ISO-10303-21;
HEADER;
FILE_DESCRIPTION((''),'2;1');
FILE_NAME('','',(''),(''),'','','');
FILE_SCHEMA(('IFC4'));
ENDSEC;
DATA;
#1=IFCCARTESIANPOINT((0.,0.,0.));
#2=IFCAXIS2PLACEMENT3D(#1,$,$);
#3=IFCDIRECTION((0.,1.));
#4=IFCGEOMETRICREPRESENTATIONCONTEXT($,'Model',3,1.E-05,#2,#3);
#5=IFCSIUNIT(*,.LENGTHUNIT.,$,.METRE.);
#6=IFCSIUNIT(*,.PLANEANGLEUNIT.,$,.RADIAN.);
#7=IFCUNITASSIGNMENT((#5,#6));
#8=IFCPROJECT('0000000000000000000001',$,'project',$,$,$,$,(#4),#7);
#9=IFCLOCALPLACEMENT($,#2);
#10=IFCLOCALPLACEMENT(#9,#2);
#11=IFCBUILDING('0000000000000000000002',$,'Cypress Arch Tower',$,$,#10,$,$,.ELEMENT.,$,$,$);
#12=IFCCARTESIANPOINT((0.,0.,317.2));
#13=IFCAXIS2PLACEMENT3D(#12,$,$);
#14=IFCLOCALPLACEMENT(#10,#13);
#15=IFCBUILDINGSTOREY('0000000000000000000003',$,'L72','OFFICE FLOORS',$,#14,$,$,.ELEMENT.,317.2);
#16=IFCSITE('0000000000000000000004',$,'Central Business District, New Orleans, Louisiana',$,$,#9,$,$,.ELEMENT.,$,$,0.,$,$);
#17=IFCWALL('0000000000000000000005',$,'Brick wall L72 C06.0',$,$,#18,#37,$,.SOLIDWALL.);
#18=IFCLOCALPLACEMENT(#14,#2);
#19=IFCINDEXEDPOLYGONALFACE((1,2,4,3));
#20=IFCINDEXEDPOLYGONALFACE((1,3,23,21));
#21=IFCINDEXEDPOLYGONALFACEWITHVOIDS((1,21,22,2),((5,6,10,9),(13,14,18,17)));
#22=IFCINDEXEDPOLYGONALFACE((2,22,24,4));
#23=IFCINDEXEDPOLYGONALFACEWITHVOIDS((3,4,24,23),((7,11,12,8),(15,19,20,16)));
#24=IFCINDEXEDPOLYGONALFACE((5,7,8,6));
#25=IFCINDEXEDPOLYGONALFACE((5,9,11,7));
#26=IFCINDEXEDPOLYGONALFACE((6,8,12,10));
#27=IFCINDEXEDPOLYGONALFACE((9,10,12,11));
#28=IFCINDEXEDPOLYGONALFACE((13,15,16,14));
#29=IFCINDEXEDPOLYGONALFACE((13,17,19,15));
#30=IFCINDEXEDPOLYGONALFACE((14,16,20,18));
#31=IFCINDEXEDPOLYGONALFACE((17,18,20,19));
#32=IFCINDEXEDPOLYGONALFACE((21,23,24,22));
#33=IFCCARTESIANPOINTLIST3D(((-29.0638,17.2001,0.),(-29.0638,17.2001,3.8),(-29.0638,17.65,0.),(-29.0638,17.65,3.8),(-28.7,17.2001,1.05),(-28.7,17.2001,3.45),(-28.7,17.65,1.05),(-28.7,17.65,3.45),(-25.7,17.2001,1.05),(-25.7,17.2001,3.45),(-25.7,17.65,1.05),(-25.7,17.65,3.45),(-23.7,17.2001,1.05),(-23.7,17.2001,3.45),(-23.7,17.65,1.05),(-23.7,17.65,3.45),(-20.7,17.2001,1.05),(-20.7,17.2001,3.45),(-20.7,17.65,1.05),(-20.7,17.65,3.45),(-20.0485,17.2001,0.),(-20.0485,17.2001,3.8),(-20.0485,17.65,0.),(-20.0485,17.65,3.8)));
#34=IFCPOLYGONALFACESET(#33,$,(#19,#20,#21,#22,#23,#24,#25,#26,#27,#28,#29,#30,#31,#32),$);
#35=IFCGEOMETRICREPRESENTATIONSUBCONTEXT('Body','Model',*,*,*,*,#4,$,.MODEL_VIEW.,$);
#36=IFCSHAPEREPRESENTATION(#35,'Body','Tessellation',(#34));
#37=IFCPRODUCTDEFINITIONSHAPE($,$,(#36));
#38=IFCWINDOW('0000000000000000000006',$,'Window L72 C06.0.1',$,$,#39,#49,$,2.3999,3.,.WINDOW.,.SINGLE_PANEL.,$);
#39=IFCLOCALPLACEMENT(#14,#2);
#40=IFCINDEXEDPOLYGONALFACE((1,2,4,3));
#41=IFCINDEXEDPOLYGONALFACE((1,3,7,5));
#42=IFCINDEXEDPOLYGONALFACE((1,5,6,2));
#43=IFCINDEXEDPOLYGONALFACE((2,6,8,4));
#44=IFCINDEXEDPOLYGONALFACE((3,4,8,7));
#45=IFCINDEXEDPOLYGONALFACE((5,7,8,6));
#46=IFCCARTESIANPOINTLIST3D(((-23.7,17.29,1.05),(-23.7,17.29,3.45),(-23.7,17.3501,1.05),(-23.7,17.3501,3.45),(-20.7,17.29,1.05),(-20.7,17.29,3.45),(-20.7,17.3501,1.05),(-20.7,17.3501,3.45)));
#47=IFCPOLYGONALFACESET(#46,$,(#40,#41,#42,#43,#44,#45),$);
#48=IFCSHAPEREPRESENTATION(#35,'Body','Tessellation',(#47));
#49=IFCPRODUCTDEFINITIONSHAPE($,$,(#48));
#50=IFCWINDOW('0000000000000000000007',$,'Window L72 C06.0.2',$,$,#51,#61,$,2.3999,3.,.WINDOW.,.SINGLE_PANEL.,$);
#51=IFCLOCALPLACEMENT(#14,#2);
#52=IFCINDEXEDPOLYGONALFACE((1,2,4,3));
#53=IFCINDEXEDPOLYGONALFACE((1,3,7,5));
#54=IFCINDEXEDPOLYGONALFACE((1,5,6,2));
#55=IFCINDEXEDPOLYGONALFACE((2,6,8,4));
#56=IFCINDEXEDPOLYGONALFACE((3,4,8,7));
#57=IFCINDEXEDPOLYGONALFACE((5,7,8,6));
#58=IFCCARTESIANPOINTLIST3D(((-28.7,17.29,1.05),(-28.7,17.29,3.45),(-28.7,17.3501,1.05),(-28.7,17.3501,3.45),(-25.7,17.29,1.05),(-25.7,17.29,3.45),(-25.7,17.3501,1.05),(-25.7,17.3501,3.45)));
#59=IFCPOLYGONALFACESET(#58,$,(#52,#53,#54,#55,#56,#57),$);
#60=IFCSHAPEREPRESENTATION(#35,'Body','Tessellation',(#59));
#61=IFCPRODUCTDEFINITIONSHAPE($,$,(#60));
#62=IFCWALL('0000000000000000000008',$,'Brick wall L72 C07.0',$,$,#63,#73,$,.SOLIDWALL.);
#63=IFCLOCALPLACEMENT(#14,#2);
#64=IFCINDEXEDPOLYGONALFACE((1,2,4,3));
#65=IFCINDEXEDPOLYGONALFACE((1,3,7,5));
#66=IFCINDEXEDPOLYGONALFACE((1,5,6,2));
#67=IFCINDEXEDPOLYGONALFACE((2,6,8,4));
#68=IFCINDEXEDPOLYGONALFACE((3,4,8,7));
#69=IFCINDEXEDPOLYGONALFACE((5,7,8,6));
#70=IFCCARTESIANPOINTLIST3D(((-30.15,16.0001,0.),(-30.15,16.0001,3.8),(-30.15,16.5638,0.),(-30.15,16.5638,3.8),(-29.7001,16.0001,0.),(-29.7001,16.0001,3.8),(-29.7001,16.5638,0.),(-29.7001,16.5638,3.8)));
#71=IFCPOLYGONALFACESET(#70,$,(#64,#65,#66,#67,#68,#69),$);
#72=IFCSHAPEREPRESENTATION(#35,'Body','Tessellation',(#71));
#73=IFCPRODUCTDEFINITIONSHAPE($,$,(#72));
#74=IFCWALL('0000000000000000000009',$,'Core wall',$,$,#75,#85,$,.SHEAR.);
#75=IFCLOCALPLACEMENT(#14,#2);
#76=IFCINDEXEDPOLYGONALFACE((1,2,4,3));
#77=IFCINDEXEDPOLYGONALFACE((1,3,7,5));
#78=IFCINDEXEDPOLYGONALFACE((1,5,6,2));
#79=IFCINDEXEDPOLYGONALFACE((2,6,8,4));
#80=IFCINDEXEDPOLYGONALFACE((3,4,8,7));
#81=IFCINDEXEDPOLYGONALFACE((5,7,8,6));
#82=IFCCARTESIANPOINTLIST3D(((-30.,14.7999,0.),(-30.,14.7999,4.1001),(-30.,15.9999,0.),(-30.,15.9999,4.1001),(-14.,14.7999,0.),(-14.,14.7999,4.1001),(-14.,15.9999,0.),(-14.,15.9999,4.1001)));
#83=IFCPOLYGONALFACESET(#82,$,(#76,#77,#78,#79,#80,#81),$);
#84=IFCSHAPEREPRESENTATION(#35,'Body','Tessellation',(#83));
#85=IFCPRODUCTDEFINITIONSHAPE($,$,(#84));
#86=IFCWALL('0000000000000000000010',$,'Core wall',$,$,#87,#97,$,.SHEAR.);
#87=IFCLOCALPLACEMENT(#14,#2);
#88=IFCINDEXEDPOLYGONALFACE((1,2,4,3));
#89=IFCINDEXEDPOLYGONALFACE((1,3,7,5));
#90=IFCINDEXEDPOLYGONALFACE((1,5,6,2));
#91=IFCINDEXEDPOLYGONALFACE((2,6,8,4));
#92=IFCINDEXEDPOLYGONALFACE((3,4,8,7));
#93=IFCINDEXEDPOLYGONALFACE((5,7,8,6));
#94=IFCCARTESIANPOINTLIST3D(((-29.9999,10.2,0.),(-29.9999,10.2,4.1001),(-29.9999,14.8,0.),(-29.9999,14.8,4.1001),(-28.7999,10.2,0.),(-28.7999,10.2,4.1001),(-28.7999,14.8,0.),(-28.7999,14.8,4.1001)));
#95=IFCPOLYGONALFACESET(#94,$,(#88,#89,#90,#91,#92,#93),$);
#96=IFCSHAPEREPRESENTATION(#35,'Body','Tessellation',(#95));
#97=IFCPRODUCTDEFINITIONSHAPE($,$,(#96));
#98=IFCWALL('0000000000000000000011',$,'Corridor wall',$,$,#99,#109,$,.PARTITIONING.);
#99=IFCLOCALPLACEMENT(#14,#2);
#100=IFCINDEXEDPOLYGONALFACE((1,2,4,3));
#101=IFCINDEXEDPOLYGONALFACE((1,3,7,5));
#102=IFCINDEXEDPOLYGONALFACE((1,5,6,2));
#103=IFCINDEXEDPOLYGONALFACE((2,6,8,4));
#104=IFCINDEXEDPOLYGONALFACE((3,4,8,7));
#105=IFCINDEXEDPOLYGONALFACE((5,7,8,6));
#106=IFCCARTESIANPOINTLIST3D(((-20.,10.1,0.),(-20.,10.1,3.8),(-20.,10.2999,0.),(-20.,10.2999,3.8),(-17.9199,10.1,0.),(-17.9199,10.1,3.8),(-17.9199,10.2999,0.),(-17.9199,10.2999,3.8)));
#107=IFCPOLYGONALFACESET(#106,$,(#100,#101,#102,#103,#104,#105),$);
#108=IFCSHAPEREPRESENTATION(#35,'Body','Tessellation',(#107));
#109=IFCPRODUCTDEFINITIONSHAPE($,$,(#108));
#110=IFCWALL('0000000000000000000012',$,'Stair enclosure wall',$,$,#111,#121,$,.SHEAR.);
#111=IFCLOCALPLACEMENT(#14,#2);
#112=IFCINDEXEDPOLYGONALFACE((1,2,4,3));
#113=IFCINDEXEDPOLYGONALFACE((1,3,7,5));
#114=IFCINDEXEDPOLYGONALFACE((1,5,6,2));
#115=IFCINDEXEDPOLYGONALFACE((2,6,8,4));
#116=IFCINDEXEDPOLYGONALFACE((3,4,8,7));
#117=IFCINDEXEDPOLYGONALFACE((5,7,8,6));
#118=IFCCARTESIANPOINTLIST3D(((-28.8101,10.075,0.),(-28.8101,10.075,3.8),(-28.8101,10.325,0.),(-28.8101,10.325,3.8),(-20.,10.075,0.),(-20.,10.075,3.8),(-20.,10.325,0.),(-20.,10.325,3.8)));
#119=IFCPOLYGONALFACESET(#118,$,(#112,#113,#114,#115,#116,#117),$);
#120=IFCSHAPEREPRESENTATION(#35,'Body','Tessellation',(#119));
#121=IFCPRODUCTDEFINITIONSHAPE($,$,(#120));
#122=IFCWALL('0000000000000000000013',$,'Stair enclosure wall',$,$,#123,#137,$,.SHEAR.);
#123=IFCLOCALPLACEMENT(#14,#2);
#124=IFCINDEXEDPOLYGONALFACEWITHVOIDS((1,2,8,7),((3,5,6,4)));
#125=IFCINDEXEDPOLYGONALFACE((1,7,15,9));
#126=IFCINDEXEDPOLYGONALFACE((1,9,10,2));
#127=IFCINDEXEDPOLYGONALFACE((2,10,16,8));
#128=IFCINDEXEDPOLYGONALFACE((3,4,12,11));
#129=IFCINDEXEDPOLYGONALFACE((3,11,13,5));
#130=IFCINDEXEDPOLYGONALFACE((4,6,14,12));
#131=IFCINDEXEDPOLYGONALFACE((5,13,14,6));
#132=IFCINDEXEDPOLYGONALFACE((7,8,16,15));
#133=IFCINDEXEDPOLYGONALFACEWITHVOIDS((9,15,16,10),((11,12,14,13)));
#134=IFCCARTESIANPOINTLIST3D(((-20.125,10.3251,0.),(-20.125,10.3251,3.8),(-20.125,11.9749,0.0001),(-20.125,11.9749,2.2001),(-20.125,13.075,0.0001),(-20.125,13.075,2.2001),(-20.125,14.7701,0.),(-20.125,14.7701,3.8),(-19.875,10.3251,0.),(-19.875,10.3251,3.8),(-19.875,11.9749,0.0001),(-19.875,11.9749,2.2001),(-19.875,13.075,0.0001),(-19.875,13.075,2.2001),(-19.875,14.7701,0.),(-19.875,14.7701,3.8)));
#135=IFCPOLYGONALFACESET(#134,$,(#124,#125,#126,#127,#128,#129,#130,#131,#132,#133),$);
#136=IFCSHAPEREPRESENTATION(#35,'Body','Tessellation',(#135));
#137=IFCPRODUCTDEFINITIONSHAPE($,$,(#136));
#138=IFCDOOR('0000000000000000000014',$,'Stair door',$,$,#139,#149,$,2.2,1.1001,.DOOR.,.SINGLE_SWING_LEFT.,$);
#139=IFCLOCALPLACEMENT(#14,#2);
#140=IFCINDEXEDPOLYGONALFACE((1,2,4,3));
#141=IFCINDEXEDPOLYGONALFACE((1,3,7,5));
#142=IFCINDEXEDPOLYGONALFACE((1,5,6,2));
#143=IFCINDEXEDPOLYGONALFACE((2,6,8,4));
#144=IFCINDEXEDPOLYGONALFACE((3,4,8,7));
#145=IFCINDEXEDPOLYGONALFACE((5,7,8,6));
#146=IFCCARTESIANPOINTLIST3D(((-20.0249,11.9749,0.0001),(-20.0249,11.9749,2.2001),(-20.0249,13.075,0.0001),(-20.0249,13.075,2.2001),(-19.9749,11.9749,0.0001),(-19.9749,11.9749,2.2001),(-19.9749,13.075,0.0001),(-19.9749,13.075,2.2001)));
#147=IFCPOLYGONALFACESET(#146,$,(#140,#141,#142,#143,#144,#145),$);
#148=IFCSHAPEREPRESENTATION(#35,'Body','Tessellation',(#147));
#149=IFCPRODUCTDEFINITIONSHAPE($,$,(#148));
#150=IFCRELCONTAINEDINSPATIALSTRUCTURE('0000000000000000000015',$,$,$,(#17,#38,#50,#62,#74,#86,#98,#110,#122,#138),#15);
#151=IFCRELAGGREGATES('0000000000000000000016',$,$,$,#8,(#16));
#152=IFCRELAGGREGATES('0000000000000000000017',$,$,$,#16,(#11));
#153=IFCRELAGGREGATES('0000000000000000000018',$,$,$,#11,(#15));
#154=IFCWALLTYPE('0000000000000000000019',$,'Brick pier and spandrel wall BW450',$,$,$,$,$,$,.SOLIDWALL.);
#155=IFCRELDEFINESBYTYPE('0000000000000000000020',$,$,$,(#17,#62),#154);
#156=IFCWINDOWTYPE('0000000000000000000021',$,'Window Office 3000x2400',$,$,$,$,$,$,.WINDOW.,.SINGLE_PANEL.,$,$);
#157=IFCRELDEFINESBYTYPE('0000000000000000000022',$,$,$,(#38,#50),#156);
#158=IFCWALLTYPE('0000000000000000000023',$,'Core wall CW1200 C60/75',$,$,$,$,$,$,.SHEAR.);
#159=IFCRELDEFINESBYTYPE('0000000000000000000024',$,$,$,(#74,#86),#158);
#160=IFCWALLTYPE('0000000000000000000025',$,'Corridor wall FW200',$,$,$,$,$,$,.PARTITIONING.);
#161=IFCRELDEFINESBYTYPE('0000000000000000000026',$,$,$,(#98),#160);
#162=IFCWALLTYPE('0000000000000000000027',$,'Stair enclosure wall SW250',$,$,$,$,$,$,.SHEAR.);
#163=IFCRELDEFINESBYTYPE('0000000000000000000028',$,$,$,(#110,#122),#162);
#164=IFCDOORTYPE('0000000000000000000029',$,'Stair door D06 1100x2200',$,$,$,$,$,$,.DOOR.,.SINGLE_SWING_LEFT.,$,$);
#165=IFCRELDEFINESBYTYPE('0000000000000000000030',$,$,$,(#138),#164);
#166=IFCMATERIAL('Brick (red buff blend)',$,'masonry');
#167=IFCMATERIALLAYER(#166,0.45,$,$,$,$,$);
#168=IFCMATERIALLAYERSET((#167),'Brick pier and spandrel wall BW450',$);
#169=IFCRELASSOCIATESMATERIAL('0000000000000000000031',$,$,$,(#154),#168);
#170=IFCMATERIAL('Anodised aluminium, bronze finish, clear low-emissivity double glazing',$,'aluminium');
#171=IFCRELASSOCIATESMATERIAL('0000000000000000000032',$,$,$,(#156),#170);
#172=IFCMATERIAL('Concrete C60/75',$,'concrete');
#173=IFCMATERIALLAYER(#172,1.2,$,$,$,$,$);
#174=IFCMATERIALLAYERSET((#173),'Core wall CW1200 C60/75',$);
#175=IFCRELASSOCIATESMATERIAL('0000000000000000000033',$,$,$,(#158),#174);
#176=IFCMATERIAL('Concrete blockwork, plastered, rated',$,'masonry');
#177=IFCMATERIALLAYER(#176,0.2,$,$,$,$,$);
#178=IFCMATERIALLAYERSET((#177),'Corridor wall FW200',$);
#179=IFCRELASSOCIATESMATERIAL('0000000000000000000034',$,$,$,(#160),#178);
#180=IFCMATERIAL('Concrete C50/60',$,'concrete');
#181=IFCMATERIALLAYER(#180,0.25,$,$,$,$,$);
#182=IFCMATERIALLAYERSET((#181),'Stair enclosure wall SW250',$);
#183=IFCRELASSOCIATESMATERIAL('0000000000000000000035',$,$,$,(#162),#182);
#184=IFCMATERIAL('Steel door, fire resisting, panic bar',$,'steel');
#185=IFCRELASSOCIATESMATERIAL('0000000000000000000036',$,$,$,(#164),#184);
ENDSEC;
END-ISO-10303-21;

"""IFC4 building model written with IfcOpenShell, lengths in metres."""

from ifc_helpers import new_model, si_unit, direction, frame, frame_2d, origin, place, context, subcontext, project, spatial, rectangle, extrude, material, layer, layer_set, type_object, element, fill, save


model = new_model("IFC4")

# Units and contexts
model_context = context("Model", 3, precision=1e-05, world=origin(), true_north=direction((0.0, 1.0)))
body_context = subcontext(model_context, "Body", "Model", "MODEL_VIEW")
ifc_project = project(units=[si_unit("LENGTHUNIT", "METRE"), si_unit("PLANEANGLEUNIT", "RADIAN")], contexts=[model_context])

# Site, building, storey
site_placement = place(None, origin())
site = spatial("IfcSite", under=ifc_project, at=site_placement, Name="Central Business District, New Orleans, Louisiana", CompositionType="ELEMENT", RefElevation=0.0)
building_placement = place(site_placement, origin())
building = spatial("IfcBuilding", under=site, at=building_placement, Name="Cypress Arch Tower", CompositionType="ELEMENT")
storey_placement = place(building_placement, frame((0.0, 0.0, 317.2)))
storey = spatial("IfcBuildingStorey", under=building, at=storey_placement, Name="L72", Description="OFFICE FLOORS", CompositionType="ELEMENT", Elevation=317.2)

# Shared definitions
ifc_material_1 = material(Name="Brick (red buff blend)", Category="masonry")
ifc_layer_1 = layer(ifc_material_1, 0.45)
ifc_layer_set_1 = layer_set([ifc_layer_1], Name="Brick pier and spandrel wall BW450")
wall_type_1 = type_object("IfcWallType", Name="Brick pier and spandrel wall BW450", PredefinedType="SOLIDWALL", material=ifc_layer_set_1)
ifc_material_2 = material(Name="Anodised aluminium, bronze finish, clear low-emissivity double glazing", Category="aluminium")
window_type = type_object("IfcWindowType", Name="Window Office 3000x2400", PartitioningType="SINGLE_PANEL", PredefinedType="WINDOW", material=ifc_material_2)

# Wall, openings, windows
wall_1_placement = place(storey_placement, frame((-20.0483, 17.425, 0.0), z_axis=(0.0, 0.0, 1.0), x_axis=(-1.0, 0.0, 0.0)))
wall_1 = element("IfcWall", 1, at=wall_1_placement, inside=storey, type_object=wall_type_1, Name="Brick wall L72 C06.0", PredefinedType="SOLIDWALL", context=body_context, shape_type="SweptSolid", body=[
    extrude(rectangle(XDim=9.0154, YDim=0.45, at=frame_2d((4.5078, 0.0))), origin(), (0.0, 0.0, 1.0), 3.8),
])
opening_1_placement = place(wall_1_placement, frame((0.6516, 0.0, 1.05)))
opening_1 = element("IfcOpeningElement", 2, at=opening_1_placement, cuts=wall_1, PredefinedType="OPENING", context=body_context, shape_type="SweptSolid", body=[
    extrude(rectangle(XDim=3.0, YDim=2.3999, at=frame_2d((1.5, 1.2))), frame((0.0, 0.2349, 0.0), z_axis=(0.0, -1.0, 0.0), x_axis=(1.0, 0.0, 0.0)), (0.0, 0.0, 1.0), 0.47),
])
opening_2_placement = place(wall_1_placement, frame((5.6516, 0.0, 1.05)))
opening_2 = element("IfcOpeningElement", 3, at=opening_2_placement, cuts=wall_1, PredefinedType="OPENING", context=body_context, shape_type="SweptSolid", body=[
    extrude(rectangle(XDim=3.0, YDim=2.3999, at=frame_2d((1.5, 1.2))), frame((0.0, 0.2349, 0.0), z_axis=(0.0, -1.0, 0.0), x_axis=(1.0, 0.0, 0.0)), (0.0, 0.0, 1.0), 0.47),
])
window_1_placement = place(opening_1_placement, origin())
window_1 = element("IfcWindow", 4, at=window_1_placement, inside=storey, type_object=window_type, Name="Window L72 C06.0.1", OverallHeight=2.3999, OverallWidth=3.0, PartitioningType="SINGLE_PANEL", PredefinedType="WINDOW", context=body_context, shape_type="SweptSolid", body=[
    extrude(rectangle(XDim=3.0, YDim=2.3999, at=frame_2d((1.5, 1.2))), frame((0.0, 0.135, 0.0), z_axis=(0.0, -1.0, 0.0), x_axis=(1.0, 0.0, 0.0)), (0.0, 0.0, 1.0), 0.0601),
])
fill(opening_1, window_1)
window_2_placement = place(opening_2_placement, origin())
window_2 = element("IfcWindow", 5, at=window_2_placement, inside=storey, type_object=window_type, Name="Window L72 C06.0.2", OverallHeight=2.3999, OverallWidth=3.0, PartitioningType="SINGLE_PANEL", PredefinedType="WINDOW", context=body_context, shape_type="SweptSolid", body=[
    extrude(rectangle(XDim=3.0, YDim=2.3999, at=frame_2d((1.5, 1.2))), frame((0.0, 0.135, 0.0), z_axis=(0.0, -1.0, 0.0), x_axis=(1.0, 0.0, 0.0)), (0.0, 0.0, 1.0), 0.0601),
])
fill(opening_2, window_2)

# Walls
wall_2_placement = place(storey_placement, frame((-29.925, 16.5637, 0.0), z_axis=(0.0, 0.0, 1.0), x_axis=(0.0, -1.0, 0.0)))
element("IfcWall", 6, at=wall_2_placement, inside=storey, type_object=wall_type_1, Name="Brick wall L72 C07.0", PredefinedType="SOLIDWALL", context=body_context, shape_type="SweptSolid", body=[
    extrude(rectangle(XDim=0.5637, YDim=0.45, at=frame_2d((0.2817, 0.0))), origin(), (0.0, 0.0, 1.0), 3.8),
])
ifc_material_3 = material(Name="Concrete C60/75", Category="concrete")
ifc_layer_2 = layer(ifc_material_3, 1.2)
ifc_layer_set_2 = layer_set([ifc_layer_2], Name="Core wall CW1200 C60/75")
wall_type_2 = type_object("IfcWallType", Name="Core wall CW1200 C60/75", PredefinedType="SHEAR", material=ifc_layer_set_2)
wall_3_placement = place(storey_placement, frame((-30.0, 15.3999, 0.0), z_axis=(0.0, 0.0, 1.0), x_axis=(1.0, 0.0, 0.0)))
element("IfcWall", 7, at=wall_3_placement, inside=storey, type_object=wall_type_2, Name="Core wall", PredefinedType="SHEAR", context=body_context, shape_type="SweptSolid", body=[
    extrude(rectangle(XDim=16.0, YDim=1.2, at=frame_2d((8.0, 0.0))), origin(), (0.0, 0.0, 1.0), 4.1001),
])
wall_4_placement = place(storey_placement, frame((-29.3999, 10.2, 0.0), z_axis=(0.0, 0.0, 1.0), x_axis=(0.0, 1.0, 0.0)))
element("IfcWall", 8, at=wall_4_placement, inside=storey, type_object=wall_type_2, Name="Core wall", PredefinedType="SHEAR", context=body_context, shape_type="SweptSolid", body=[
    extrude(rectangle(XDim=4.6001, YDim=1.2, at=frame_2d((2.3, 0.0))), origin(), (0.0, 0.0, 1.0), 4.1001),
])
ifc_material_4 = material(Name="Concrete blockwork, plastered, rated", Category="masonry")
ifc_layer_3 = layer(ifc_material_4, 0.2)
ifc_layer_set_3 = layer_set([ifc_layer_3], Name="Corridor wall FW200")
wall_type_3 = type_object("IfcWallType", Name="Corridor wall FW200", PredefinedType="PARTITIONING", material=ifc_layer_set_3)
wall_5_placement = place(storey_placement, frame((-20.0, 10.2, 0.0), z_axis=(0.0, 0.0, 1.0), x_axis=(1.0, 0.0, 0.0)))
element("IfcWall", 9, at=wall_5_placement, inside=storey, type_object=wall_type_3, Name="Corridor wall", PredefinedType="PARTITIONING", context=body_context, shape_type="SweptSolid", body=[
    extrude(rectangle(XDim=2.0801, YDim=0.2, at=frame_2d((1.04, 0.0))), origin(), (0.0, 0.0, 1.0), 3.8),
])
ifc_material_5 = material(Name="Concrete C50/60", Category="concrete")
ifc_layer_4 = layer(ifc_material_5, 0.25)
ifc_layer_set_4 = layer_set([ifc_layer_4], Name="Stair enclosure wall SW250")
wall_type_4 = type_object("IfcWallType", Name="Stair enclosure wall SW250", PredefinedType="SHEAR", material=ifc_layer_set_4)
wall_6_placement = place(storey_placement, frame((-28.8101, 10.2, 0.0), z_axis=(0.0, 0.0, 1.0), x_axis=(1.0, 0.0, 0.0)))
element("IfcWall", 10, at=wall_6_placement, inside=storey, type_object=wall_type_4, Name="Stair enclosure wall", PredefinedType="SHEAR", context=body_context, shape_type="SweptSolid", body=[
    extrude(rectangle(XDim=8.8101, YDim=0.25, at=frame_2d((4.405, 0.0))), origin(), (0.0, 0.0, 1.0), 3.8),
])

# Wall, opening, door
wall_7_placement = place(storey_placement, frame((-20.0, 10.325, 0.0), z_axis=(0.0, 0.0, 1.0), x_axis=(0.0, 1.0, 0.0)))
wall_7 = element("IfcWall", 11, at=wall_7_placement, inside=storey, type_object=wall_type_4, Name="Stair enclosure wall", PredefinedType="SHEAR", context=body_context, shape_type="SweptSolid", body=[
    extrude(rectangle(XDim=4.4451, YDim=0.25, at=frame_2d((2.2227, 0.0))), origin(), (0.0, 0.0, 1.0), 3.8),
])
opening_3_placement = place(wall_7_placement, frame((1.6499, 0.0, 0.0)))
opening_3 = element("IfcOpeningElement", 12, at=opening_3_placement, cuts=wall_7, PredefinedType="OPENING", context=body_context, shape_type="SweptSolid", body=[
    extrude(rectangle(XDim=1.1001, YDim=2.2, at=frame_2d((0.55, 1.1001))), frame((0.0, 0.135, 0.0), z_axis=(0.0, -1.0, 0.0), x_axis=(1.0, 0.0, 0.0)), (0.0, 0.0, 1.0), 0.27),
])
ifc_material_6 = material(Name="Steel door, fire resisting, panic bar", Category="steel")
door_type = type_object("IfcDoorType", Name="Stair door D06 1100x2200", OperationType="SINGLE_SWING_LEFT", PredefinedType="DOOR", material=ifc_material_6)
door_placement = place(opening_3_placement, origin())
door = element("IfcDoor", 13, at=door_placement, inside=storey, type_object=door_type, Name="Stair door", OperationType="SINGLE_SWING_LEFT", OverallHeight=2.2, OverallWidth=1.1001, PredefinedType="DOOR", context=body_context, shape_type="SweptSolid", body=[
    extrude(rectangle(XDim=1.1001, YDim=2.2, at=frame_2d((0.55, 1.1001))), frame((0.0, 0.0249, 0.0), z_axis=(0.0, -1.0, 0.0), x_axis=(1.0, 0.0, 0.0)), (0.0, 0.0, 1.0), 0.05),
])
fill(opening_3, door)

save(model, "model.ifc")
